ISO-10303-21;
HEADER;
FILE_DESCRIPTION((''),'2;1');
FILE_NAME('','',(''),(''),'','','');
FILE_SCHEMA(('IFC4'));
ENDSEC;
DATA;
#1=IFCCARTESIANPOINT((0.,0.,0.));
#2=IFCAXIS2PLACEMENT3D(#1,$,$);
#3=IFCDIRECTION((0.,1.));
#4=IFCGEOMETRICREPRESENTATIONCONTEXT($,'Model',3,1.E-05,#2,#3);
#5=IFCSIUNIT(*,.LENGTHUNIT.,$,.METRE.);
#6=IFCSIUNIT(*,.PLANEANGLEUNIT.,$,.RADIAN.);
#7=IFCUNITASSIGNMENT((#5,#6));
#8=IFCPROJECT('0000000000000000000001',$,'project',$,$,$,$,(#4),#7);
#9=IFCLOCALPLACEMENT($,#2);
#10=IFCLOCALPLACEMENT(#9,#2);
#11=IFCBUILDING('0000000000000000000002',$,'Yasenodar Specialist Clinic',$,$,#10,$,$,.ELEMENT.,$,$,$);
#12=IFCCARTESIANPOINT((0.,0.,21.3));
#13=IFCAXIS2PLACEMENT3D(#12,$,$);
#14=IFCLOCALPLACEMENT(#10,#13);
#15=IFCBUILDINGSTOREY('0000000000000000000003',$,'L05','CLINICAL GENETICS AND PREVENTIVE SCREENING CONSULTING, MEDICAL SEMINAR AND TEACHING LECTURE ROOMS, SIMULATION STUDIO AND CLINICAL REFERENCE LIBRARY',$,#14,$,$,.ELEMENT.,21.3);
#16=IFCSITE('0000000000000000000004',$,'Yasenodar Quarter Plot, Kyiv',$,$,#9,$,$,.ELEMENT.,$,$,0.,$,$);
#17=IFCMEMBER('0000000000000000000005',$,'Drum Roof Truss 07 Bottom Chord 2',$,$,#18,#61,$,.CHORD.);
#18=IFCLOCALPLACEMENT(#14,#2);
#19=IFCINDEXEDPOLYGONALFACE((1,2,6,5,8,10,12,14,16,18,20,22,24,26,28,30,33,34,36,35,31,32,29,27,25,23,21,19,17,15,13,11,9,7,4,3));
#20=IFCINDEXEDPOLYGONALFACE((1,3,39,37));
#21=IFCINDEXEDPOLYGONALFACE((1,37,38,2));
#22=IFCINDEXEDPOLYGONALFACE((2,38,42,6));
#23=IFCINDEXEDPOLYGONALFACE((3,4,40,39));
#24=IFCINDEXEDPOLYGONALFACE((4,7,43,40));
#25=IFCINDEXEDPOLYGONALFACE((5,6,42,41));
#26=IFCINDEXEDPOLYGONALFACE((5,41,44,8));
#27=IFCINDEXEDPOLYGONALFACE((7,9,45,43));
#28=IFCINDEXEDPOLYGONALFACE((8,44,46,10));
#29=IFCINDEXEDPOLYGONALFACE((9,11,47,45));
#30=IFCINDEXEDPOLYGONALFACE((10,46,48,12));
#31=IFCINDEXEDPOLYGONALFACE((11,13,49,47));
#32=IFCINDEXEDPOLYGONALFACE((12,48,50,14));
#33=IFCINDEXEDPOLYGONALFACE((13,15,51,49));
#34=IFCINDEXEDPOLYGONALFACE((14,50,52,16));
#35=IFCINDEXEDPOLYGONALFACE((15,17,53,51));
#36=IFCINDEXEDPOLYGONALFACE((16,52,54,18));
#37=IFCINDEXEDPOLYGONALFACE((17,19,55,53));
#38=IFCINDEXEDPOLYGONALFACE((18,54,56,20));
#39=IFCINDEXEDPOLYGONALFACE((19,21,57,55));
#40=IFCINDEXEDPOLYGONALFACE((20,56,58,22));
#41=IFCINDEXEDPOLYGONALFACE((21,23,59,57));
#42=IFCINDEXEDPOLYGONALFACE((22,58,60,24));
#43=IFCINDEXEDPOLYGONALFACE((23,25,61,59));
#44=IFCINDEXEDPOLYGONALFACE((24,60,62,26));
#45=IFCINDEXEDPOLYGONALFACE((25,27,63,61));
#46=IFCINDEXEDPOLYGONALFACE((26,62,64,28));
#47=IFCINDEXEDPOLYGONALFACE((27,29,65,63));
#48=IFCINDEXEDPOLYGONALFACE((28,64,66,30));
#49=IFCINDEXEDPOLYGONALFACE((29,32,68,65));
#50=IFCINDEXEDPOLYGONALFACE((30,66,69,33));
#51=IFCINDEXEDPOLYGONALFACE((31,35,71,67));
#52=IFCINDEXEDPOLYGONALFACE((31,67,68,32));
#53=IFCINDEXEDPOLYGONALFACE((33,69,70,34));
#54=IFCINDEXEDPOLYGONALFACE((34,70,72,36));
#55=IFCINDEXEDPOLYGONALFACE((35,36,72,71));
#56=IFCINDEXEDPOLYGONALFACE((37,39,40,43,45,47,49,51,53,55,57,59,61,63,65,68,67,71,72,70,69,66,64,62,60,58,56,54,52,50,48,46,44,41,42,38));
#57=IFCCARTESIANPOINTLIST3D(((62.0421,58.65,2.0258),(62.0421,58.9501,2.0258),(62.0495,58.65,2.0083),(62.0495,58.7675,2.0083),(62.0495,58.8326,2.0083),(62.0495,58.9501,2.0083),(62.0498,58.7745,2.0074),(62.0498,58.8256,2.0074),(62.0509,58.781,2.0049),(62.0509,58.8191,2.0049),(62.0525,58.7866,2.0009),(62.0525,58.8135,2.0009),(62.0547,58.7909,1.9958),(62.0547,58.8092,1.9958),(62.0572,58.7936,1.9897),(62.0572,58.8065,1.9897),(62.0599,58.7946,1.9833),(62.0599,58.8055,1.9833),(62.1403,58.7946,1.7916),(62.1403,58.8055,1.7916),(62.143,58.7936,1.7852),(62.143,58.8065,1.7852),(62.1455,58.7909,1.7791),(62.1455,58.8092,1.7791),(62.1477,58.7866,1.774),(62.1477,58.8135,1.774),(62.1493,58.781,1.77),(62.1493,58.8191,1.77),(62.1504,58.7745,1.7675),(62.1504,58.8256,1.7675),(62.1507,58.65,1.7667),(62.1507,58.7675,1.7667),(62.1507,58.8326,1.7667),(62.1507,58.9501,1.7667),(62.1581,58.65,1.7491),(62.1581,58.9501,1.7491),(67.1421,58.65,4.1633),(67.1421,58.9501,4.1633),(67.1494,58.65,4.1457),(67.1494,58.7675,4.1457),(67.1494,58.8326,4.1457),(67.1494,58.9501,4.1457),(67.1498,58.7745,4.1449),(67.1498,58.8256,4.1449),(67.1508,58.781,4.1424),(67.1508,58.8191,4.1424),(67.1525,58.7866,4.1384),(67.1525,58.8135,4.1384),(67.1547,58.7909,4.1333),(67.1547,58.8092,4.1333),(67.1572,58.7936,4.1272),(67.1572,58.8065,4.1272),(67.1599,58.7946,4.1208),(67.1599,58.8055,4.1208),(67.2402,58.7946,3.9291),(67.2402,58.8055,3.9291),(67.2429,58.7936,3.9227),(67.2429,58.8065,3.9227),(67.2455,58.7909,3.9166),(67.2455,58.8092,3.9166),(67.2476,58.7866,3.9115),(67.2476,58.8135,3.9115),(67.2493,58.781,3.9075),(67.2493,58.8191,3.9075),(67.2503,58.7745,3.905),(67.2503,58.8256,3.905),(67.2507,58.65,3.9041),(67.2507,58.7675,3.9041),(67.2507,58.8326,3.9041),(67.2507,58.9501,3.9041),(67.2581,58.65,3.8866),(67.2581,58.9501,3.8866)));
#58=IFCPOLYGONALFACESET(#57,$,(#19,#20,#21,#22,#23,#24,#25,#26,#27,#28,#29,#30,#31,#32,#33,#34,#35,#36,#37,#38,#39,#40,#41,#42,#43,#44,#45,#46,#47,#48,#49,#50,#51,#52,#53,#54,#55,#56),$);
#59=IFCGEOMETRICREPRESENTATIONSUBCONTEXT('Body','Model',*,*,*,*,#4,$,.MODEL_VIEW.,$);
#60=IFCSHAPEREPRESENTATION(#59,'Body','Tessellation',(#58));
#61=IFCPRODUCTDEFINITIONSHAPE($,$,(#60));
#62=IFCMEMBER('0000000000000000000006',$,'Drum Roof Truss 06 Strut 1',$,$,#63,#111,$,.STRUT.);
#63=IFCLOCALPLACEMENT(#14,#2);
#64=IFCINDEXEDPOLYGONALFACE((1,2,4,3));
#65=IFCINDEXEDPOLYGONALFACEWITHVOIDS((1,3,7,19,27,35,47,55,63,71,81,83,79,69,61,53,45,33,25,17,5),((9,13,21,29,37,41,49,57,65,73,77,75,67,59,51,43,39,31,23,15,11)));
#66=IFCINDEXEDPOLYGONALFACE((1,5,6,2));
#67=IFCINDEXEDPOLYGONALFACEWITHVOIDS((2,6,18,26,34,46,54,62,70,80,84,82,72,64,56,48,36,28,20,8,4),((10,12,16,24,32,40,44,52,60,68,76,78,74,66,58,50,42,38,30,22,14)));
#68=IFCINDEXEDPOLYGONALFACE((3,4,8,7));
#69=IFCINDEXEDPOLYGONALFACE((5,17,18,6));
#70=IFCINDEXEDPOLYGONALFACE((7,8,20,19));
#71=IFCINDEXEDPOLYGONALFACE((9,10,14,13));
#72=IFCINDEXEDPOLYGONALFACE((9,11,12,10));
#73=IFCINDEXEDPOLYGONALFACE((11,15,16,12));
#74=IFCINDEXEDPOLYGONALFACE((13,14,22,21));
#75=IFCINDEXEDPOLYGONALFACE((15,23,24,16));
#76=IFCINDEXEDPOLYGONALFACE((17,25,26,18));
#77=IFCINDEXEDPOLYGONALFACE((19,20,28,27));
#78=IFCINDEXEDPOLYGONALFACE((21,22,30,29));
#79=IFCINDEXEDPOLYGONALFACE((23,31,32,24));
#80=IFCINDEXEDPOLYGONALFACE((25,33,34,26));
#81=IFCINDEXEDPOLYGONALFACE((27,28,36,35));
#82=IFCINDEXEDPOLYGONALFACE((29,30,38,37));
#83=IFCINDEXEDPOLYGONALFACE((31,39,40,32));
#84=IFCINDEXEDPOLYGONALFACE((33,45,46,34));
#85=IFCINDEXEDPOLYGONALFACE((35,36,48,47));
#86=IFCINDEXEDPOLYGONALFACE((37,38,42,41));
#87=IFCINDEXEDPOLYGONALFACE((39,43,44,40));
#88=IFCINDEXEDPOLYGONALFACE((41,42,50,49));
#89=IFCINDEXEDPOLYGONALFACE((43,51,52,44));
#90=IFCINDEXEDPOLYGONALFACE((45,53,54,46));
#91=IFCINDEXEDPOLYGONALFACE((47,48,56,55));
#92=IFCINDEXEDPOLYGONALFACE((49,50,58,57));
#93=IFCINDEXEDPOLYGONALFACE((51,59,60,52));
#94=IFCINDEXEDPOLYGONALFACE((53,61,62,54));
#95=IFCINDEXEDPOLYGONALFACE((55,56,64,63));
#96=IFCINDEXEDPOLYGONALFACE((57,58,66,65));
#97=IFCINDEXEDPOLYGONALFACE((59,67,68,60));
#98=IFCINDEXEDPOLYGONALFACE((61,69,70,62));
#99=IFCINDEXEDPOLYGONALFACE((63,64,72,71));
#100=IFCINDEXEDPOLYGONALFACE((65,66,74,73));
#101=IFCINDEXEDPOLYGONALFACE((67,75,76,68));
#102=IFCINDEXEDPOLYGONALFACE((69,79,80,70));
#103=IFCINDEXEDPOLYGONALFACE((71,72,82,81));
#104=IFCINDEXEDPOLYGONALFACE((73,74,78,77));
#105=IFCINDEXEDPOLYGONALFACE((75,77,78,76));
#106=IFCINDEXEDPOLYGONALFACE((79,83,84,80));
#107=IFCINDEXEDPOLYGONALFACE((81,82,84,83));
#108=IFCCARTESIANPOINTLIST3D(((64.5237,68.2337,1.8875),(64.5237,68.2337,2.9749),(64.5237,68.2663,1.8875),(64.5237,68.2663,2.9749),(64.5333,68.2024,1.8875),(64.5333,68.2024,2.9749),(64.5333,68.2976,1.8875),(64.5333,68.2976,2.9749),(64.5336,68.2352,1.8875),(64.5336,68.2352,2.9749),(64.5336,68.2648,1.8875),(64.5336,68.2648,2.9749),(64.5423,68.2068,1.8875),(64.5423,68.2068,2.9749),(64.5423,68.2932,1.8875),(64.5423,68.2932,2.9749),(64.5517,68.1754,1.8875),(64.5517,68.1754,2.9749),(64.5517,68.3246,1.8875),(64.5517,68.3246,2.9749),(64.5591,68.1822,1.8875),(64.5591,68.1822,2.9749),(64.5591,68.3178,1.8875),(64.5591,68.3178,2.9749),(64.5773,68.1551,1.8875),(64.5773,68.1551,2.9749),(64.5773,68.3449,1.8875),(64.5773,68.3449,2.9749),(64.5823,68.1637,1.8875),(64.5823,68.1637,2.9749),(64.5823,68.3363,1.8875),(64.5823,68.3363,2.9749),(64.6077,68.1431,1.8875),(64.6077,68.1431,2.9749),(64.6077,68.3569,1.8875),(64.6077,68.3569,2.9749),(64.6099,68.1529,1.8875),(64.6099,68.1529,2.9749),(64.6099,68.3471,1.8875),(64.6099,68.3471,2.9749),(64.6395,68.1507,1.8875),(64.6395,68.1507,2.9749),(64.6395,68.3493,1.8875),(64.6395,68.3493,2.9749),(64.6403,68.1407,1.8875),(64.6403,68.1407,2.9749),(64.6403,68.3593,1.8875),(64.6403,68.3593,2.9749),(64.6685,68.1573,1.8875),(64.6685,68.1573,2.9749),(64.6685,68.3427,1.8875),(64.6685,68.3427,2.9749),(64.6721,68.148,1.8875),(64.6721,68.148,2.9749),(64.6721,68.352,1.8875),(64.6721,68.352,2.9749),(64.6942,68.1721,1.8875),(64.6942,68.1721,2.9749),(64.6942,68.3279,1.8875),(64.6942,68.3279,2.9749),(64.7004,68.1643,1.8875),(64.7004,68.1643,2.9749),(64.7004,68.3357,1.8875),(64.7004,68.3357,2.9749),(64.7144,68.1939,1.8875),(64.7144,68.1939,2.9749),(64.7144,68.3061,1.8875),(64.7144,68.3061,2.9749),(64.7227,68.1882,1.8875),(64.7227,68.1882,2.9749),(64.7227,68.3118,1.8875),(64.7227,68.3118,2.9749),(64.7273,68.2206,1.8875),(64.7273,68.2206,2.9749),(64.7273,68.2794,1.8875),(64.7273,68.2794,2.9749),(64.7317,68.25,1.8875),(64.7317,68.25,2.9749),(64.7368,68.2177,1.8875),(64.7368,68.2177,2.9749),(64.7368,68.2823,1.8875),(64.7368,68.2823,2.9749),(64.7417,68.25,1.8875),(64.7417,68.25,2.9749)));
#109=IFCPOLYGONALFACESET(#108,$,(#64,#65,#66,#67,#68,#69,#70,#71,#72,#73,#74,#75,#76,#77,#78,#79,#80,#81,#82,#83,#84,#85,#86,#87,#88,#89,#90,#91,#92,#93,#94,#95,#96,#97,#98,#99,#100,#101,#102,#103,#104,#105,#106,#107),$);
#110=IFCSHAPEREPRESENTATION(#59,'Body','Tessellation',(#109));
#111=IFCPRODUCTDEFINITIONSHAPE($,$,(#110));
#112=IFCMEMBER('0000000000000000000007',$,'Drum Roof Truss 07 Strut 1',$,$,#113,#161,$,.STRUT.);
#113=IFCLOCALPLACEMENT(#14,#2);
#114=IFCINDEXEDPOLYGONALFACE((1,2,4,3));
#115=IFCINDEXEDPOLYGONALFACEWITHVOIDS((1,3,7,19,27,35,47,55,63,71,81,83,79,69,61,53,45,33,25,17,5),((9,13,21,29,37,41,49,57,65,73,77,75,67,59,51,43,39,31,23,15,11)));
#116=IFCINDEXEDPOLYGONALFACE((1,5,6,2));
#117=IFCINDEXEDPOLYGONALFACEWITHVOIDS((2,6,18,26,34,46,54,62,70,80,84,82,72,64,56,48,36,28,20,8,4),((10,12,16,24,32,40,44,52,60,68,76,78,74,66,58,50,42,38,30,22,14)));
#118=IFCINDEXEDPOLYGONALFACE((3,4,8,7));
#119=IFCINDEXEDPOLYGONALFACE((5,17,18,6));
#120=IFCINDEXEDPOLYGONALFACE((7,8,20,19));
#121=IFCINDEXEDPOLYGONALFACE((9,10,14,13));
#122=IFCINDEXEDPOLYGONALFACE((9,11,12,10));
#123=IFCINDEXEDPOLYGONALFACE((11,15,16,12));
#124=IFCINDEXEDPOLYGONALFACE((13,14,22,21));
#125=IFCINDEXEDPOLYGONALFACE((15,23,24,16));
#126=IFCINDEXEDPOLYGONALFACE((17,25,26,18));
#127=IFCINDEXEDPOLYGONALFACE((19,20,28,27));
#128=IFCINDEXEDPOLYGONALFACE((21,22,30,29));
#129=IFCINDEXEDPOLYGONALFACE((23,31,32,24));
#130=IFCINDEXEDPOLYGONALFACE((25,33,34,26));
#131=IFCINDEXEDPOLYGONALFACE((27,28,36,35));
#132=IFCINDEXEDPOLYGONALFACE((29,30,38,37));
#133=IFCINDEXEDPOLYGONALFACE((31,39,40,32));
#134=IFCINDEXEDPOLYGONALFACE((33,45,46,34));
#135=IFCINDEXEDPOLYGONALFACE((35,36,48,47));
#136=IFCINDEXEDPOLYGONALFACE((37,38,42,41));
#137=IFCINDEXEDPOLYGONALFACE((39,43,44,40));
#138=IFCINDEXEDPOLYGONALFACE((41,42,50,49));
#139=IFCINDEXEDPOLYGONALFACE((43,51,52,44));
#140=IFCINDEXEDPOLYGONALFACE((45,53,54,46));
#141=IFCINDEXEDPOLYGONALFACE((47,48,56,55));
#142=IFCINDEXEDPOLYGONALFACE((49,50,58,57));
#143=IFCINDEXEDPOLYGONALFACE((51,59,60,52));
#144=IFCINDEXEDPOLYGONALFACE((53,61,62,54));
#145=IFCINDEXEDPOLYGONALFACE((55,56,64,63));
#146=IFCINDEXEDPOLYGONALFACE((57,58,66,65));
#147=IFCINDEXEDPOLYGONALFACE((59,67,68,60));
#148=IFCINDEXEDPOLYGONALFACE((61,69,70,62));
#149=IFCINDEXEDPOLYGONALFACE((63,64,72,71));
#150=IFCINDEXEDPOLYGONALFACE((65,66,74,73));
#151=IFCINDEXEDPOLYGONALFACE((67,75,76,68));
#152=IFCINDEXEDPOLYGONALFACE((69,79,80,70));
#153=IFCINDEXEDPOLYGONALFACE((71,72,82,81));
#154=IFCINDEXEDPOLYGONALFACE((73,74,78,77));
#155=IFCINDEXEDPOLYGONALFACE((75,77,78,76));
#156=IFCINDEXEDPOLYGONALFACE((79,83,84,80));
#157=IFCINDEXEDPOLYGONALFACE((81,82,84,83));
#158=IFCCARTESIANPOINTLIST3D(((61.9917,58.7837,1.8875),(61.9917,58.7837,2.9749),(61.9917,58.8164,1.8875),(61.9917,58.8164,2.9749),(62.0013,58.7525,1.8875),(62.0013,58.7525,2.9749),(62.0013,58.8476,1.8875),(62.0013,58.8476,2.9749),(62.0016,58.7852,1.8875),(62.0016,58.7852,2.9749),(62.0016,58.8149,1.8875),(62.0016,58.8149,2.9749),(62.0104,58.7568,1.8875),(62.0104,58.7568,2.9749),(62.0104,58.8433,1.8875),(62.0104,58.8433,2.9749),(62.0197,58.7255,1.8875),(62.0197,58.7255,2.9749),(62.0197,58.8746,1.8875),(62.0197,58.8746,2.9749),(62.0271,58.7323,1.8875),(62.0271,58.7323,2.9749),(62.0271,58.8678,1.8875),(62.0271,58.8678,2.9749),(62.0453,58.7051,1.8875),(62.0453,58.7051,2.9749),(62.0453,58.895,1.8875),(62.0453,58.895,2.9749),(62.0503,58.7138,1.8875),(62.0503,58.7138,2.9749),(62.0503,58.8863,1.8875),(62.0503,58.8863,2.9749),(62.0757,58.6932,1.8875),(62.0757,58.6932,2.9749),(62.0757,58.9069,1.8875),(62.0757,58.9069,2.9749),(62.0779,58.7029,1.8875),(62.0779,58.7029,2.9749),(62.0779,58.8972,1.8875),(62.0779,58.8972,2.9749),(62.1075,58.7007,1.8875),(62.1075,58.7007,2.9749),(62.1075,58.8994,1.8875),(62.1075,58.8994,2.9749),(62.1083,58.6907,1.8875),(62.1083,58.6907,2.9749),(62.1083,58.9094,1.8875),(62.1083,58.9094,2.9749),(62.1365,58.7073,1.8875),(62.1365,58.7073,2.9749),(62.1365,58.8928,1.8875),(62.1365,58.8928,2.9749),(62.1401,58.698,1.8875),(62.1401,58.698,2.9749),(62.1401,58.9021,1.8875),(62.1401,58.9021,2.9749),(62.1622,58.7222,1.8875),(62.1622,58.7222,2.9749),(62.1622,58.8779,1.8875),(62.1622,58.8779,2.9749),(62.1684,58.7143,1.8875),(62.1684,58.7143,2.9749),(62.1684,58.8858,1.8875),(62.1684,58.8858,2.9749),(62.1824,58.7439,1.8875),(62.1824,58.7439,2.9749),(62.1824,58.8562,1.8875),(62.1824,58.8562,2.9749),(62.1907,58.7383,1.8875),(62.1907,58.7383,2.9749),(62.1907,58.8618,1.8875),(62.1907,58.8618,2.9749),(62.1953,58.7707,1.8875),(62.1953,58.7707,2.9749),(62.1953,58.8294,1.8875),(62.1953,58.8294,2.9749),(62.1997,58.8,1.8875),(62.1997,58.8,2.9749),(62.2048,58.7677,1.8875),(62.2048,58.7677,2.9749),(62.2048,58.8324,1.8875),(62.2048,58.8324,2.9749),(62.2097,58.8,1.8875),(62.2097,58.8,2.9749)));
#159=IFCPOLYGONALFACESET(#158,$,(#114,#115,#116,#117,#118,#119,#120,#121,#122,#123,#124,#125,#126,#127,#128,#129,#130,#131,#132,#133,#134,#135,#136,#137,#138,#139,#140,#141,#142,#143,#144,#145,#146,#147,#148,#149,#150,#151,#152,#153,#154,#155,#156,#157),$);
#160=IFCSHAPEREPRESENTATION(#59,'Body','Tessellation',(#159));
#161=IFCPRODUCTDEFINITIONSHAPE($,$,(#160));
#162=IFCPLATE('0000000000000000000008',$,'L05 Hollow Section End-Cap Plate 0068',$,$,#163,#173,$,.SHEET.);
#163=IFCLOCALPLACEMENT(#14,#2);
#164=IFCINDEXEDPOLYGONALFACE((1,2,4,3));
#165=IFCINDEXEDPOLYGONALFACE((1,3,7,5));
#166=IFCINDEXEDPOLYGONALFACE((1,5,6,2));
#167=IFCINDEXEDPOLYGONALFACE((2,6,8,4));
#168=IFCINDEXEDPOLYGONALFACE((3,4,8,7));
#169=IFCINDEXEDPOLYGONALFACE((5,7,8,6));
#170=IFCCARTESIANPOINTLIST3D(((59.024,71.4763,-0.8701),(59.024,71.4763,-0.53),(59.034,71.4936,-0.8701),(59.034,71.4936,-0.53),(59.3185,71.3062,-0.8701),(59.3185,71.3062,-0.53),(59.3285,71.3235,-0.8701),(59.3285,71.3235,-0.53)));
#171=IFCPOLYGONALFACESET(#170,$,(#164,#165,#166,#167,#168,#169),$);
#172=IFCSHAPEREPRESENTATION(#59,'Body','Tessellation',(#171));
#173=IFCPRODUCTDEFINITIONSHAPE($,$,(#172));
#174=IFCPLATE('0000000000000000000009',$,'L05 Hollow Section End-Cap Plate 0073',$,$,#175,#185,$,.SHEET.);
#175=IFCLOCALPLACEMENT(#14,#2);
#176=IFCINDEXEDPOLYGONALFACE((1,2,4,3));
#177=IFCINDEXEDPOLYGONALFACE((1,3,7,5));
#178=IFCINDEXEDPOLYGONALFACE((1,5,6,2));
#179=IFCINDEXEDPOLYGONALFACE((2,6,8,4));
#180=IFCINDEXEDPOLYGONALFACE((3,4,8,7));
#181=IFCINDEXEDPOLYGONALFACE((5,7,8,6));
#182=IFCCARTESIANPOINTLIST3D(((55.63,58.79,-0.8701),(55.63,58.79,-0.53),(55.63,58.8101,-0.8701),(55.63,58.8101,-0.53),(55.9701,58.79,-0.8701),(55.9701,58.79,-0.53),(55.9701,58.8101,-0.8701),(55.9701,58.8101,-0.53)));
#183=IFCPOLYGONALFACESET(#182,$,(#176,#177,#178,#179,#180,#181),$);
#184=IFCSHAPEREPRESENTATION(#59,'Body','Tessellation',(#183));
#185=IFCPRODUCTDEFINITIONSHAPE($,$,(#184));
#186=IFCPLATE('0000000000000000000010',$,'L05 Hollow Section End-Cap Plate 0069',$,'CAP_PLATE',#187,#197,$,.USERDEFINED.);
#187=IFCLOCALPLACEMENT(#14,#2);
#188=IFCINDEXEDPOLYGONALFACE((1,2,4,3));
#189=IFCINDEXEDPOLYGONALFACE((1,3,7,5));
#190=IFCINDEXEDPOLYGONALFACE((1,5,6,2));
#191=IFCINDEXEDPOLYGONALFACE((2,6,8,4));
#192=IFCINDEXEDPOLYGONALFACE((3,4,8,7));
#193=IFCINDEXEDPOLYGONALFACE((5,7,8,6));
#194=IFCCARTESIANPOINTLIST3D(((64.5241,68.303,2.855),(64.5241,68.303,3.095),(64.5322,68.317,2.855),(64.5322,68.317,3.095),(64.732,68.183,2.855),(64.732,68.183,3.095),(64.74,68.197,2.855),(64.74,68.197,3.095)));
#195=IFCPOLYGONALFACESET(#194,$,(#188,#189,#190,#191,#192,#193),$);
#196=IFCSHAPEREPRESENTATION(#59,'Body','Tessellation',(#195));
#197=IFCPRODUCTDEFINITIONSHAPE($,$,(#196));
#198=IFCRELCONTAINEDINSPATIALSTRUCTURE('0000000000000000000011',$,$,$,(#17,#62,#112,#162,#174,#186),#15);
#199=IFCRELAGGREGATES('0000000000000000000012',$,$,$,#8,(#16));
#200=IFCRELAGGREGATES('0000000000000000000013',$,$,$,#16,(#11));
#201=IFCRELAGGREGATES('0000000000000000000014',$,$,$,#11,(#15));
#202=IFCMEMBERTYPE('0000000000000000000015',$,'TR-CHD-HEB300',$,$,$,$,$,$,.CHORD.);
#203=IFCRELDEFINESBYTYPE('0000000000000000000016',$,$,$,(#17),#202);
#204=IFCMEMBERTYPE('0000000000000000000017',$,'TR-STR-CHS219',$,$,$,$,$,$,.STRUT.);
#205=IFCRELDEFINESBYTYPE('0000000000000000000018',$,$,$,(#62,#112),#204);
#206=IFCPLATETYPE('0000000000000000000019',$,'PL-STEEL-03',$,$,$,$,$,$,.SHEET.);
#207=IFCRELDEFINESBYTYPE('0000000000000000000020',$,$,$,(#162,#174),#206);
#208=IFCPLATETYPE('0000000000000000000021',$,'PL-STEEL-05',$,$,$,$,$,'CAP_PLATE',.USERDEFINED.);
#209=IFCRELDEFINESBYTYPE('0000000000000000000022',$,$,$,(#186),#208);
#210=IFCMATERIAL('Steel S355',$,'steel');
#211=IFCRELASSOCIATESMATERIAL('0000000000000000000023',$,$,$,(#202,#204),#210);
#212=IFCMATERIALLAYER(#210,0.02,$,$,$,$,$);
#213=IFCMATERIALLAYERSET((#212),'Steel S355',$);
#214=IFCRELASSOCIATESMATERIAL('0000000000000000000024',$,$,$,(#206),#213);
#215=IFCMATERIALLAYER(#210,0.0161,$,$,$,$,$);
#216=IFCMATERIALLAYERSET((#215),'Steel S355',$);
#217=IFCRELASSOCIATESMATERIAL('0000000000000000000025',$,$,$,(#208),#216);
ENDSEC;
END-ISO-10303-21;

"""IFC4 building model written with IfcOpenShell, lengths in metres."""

from ifc_helpers import new_model, si_unit, direction, frame, origin, origin_2d, place, context, subcontext, project, spatial, rectangle, hollow_circle, i_section, extrude, material, layer, layer_set, material_profile, profile_set, type_object, element, save


model = new_model("IFC4")

# Units and contexts
model_context = context("Model", 3, precision=1e-05, world=origin(), true_north=direction((0.0, 1.0)))
body_context = subcontext(model_context, "Body", "Model", "MODEL_VIEW")
ifc_project = project(units=[si_unit("LENGTHUNIT", "METRE"), si_unit("PLANEANGLEUNIT", "RADIAN")], contexts=[model_context])

# Site, building, storey
site_placement = place(None, origin())
site = spatial("IfcSite", under=ifc_project, at=site_placement, Name="Yasenodar Quarter Plot, Kyiv", CompositionType="ELEMENT", RefElevation=0.0)
building_placement = place(site_placement, origin())
building = spatial("IfcBuilding", under=site, at=building_placement, Name="Yasenodar Specialist Clinic", CompositionType="ELEMENT")
storey_placement = place(building_placement, frame((0.0, 0.0, 21.3)))
storey = spatial("IfcBuildingStorey", under=building, at=storey_placement, Name="L05", Description="CLINICAL GENETICS AND PREVENTIVE SCREENING CONSULTING, MEDICAL SEMINAR AND TEACHING LECTURE ROOMS, SIMULATION STUDIO AND CLINICAL REFERENCE LIBRARY", CompositionType="ELEMENT", Elevation=21.3)

# Shared definitions
ifc_material_1 = material(Name="Steel S355", Category="steel")

# Members
ifc_material_profile_1 = material_profile(ifc_material_1, i_section(OverallWidth=0.3, OverallDepth=0.3, WebThickness=0.011, FlangeThickness=0.019, FilletRadius=0.0271, at=origin_2d()), Name="HEB 300")
ifc_profile_set_1 = profile_set([ifc_material_profile_1], Name="Steel S355")
member_type_1 = type_object("IfcMemberType", Name="TR-CHD-HEB300", PredefinedType="CHORD", material=ifc_profile_set_1)
for number, where, z_axis, x_axis, name in (
    (1, (62.1001, 58.8, 1.8875), (0.922272, 0.0, 0.386543), (0.0, 1.0, 0.0), "Drum Roof Truss 07 Bottom Chord 2"),
):
    element("IfcMember", number, at=place(storey_placement, frame(where, z_axis=z_axis, x_axis=x_axis)), inside=storey, type_object=member_type_1, Name=name, PredefinedType="CHORD", context=body_context, shape_type="SweptSolid", body=[
        extrude(i_section(OverallWidth=0.3, OverallDepth=0.3, WebThickness=0.011, FlangeThickness=0.019, FilletRadius=0.0271, at=origin_2d()), origin(), (0.0, 0.0, 1.0), 5.5298),
    ])
ifc_material_profile_2 = material_profile(ifc_material_1, hollow_circle(Radius=0.1096, WallThickness=0.01, at=origin_2d()), Name="CHS 219.1x10")
ifc_profile_set_2 = profile_set([ifc_material_profile_2], Name="Steel S355")
member_type_2 = type_object("IfcMemberType", Name="TR-STR-CHS219", PredefinedType="STRUT", material=ifc_profile_set_2)
for number, where, z_axis, x_axis, name in (
    (2, (64.6321, 68.25, 1.8875), (0.0, 0.0, 1.0), (1.0, 0.0, 0.0), "Drum Roof Truss 06 Strut 1"),
    (3, (62.1001, 58.8, 1.8875), (0.0, 0.0, 1.0), (1.0, 0.0, 0.0), "Drum Roof Truss 07 Strut 1"),
):
    element("IfcMember", number, at=place(storey_placement, frame(where, z_axis=z_axis, x_axis=x_axis)), inside=storey, type_object=member_type_2, Name=name, PredefinedType="STRUT", context=body_context, shape_type="SweptSolid", body=[
        extrude(hollow_circle(Radius=0.1096, WallThickness=0.01, at=origin_2d()), origin(), (0.0, 0.0, 1.0), 1.0874),
    ])

# Plates
ifc_layer_1 = layer(ifc_material_1, 0.02)
ifc_layer_set_1 = layer_set([ifc_layer_1], Name="Steel S355")
plate_type_1 = type_object("IfcPlateType", Name="PL-STEEL-03", PredefinedType="SHEET", material=ifc_layer_set_1)
for number, where, z_axis, x_axis, name in (
    (4, (59.1763, 71.3999, -0.8701), (0.0, 0.0, 1.0), (-0.866025, 0.5, 0.0), "L05 Hollow Section End-Cap Plate 0068"),
    (5, (55.8, 58.8, -0.8701), (0.0, 0.0, 1.0), (-1.0, 0.0, 0.0), "L05 Hollow Section End-Cap Plate 0073"),
):
    element("IfcPlate", number, at=place(storey_placement, frame(where, z_axis=z_axis, x_axis=x_axis)), inside=storey, type_object=plate_type_1, Name=name, PredefinedType="SHEET", context=body_context, shape_type="SweptSolid", body=[
        extrude(rectangle(XDim=0.3401, YDim=0.02, at=origin_2d()), origin(), (0.0, 0.0, 1.0), 0.3401),
    ])
ifc_layer_2 = layer(ifc_material_1, 0.0161)
ifc_layer_set_2 = layer_set([ifc_layer_2], Name="Steel S355")
plate_type_2 = type_object("IfcPlateType", Name="PL-STEEL-05", ElementType="CAP_PLATE", PredefinedType="USERDEFINED", material=ifc_layer_set_2)
for number, where, z_axis, x_axis, name in (
    (6, (64.6321, 68.25, 2.855), (0.0, 0.0, 1.0), (-0.866025, 0.5, 0.0), "L05 Hollow Section End-Cap Plate 0069"),
):
    element("IfcPlate", number, at=place(storey_placement, frame(where, z_axis=z_axis, x_axis=x_axis)), inside=storey, type_object=plate_type_2, Name=name, ObjectType="CAP_PLATE", PredefinedType="USERDEFINED", context=body_context, shape_type="SweptSolid", body=[
        extrude(rectangle(XDim=0.24, YDim=0.0161, at=origin_2d()), origin(), (0.0, 0.0, 1.0), 0.24),
    ])

save(model, "model.ifc")
